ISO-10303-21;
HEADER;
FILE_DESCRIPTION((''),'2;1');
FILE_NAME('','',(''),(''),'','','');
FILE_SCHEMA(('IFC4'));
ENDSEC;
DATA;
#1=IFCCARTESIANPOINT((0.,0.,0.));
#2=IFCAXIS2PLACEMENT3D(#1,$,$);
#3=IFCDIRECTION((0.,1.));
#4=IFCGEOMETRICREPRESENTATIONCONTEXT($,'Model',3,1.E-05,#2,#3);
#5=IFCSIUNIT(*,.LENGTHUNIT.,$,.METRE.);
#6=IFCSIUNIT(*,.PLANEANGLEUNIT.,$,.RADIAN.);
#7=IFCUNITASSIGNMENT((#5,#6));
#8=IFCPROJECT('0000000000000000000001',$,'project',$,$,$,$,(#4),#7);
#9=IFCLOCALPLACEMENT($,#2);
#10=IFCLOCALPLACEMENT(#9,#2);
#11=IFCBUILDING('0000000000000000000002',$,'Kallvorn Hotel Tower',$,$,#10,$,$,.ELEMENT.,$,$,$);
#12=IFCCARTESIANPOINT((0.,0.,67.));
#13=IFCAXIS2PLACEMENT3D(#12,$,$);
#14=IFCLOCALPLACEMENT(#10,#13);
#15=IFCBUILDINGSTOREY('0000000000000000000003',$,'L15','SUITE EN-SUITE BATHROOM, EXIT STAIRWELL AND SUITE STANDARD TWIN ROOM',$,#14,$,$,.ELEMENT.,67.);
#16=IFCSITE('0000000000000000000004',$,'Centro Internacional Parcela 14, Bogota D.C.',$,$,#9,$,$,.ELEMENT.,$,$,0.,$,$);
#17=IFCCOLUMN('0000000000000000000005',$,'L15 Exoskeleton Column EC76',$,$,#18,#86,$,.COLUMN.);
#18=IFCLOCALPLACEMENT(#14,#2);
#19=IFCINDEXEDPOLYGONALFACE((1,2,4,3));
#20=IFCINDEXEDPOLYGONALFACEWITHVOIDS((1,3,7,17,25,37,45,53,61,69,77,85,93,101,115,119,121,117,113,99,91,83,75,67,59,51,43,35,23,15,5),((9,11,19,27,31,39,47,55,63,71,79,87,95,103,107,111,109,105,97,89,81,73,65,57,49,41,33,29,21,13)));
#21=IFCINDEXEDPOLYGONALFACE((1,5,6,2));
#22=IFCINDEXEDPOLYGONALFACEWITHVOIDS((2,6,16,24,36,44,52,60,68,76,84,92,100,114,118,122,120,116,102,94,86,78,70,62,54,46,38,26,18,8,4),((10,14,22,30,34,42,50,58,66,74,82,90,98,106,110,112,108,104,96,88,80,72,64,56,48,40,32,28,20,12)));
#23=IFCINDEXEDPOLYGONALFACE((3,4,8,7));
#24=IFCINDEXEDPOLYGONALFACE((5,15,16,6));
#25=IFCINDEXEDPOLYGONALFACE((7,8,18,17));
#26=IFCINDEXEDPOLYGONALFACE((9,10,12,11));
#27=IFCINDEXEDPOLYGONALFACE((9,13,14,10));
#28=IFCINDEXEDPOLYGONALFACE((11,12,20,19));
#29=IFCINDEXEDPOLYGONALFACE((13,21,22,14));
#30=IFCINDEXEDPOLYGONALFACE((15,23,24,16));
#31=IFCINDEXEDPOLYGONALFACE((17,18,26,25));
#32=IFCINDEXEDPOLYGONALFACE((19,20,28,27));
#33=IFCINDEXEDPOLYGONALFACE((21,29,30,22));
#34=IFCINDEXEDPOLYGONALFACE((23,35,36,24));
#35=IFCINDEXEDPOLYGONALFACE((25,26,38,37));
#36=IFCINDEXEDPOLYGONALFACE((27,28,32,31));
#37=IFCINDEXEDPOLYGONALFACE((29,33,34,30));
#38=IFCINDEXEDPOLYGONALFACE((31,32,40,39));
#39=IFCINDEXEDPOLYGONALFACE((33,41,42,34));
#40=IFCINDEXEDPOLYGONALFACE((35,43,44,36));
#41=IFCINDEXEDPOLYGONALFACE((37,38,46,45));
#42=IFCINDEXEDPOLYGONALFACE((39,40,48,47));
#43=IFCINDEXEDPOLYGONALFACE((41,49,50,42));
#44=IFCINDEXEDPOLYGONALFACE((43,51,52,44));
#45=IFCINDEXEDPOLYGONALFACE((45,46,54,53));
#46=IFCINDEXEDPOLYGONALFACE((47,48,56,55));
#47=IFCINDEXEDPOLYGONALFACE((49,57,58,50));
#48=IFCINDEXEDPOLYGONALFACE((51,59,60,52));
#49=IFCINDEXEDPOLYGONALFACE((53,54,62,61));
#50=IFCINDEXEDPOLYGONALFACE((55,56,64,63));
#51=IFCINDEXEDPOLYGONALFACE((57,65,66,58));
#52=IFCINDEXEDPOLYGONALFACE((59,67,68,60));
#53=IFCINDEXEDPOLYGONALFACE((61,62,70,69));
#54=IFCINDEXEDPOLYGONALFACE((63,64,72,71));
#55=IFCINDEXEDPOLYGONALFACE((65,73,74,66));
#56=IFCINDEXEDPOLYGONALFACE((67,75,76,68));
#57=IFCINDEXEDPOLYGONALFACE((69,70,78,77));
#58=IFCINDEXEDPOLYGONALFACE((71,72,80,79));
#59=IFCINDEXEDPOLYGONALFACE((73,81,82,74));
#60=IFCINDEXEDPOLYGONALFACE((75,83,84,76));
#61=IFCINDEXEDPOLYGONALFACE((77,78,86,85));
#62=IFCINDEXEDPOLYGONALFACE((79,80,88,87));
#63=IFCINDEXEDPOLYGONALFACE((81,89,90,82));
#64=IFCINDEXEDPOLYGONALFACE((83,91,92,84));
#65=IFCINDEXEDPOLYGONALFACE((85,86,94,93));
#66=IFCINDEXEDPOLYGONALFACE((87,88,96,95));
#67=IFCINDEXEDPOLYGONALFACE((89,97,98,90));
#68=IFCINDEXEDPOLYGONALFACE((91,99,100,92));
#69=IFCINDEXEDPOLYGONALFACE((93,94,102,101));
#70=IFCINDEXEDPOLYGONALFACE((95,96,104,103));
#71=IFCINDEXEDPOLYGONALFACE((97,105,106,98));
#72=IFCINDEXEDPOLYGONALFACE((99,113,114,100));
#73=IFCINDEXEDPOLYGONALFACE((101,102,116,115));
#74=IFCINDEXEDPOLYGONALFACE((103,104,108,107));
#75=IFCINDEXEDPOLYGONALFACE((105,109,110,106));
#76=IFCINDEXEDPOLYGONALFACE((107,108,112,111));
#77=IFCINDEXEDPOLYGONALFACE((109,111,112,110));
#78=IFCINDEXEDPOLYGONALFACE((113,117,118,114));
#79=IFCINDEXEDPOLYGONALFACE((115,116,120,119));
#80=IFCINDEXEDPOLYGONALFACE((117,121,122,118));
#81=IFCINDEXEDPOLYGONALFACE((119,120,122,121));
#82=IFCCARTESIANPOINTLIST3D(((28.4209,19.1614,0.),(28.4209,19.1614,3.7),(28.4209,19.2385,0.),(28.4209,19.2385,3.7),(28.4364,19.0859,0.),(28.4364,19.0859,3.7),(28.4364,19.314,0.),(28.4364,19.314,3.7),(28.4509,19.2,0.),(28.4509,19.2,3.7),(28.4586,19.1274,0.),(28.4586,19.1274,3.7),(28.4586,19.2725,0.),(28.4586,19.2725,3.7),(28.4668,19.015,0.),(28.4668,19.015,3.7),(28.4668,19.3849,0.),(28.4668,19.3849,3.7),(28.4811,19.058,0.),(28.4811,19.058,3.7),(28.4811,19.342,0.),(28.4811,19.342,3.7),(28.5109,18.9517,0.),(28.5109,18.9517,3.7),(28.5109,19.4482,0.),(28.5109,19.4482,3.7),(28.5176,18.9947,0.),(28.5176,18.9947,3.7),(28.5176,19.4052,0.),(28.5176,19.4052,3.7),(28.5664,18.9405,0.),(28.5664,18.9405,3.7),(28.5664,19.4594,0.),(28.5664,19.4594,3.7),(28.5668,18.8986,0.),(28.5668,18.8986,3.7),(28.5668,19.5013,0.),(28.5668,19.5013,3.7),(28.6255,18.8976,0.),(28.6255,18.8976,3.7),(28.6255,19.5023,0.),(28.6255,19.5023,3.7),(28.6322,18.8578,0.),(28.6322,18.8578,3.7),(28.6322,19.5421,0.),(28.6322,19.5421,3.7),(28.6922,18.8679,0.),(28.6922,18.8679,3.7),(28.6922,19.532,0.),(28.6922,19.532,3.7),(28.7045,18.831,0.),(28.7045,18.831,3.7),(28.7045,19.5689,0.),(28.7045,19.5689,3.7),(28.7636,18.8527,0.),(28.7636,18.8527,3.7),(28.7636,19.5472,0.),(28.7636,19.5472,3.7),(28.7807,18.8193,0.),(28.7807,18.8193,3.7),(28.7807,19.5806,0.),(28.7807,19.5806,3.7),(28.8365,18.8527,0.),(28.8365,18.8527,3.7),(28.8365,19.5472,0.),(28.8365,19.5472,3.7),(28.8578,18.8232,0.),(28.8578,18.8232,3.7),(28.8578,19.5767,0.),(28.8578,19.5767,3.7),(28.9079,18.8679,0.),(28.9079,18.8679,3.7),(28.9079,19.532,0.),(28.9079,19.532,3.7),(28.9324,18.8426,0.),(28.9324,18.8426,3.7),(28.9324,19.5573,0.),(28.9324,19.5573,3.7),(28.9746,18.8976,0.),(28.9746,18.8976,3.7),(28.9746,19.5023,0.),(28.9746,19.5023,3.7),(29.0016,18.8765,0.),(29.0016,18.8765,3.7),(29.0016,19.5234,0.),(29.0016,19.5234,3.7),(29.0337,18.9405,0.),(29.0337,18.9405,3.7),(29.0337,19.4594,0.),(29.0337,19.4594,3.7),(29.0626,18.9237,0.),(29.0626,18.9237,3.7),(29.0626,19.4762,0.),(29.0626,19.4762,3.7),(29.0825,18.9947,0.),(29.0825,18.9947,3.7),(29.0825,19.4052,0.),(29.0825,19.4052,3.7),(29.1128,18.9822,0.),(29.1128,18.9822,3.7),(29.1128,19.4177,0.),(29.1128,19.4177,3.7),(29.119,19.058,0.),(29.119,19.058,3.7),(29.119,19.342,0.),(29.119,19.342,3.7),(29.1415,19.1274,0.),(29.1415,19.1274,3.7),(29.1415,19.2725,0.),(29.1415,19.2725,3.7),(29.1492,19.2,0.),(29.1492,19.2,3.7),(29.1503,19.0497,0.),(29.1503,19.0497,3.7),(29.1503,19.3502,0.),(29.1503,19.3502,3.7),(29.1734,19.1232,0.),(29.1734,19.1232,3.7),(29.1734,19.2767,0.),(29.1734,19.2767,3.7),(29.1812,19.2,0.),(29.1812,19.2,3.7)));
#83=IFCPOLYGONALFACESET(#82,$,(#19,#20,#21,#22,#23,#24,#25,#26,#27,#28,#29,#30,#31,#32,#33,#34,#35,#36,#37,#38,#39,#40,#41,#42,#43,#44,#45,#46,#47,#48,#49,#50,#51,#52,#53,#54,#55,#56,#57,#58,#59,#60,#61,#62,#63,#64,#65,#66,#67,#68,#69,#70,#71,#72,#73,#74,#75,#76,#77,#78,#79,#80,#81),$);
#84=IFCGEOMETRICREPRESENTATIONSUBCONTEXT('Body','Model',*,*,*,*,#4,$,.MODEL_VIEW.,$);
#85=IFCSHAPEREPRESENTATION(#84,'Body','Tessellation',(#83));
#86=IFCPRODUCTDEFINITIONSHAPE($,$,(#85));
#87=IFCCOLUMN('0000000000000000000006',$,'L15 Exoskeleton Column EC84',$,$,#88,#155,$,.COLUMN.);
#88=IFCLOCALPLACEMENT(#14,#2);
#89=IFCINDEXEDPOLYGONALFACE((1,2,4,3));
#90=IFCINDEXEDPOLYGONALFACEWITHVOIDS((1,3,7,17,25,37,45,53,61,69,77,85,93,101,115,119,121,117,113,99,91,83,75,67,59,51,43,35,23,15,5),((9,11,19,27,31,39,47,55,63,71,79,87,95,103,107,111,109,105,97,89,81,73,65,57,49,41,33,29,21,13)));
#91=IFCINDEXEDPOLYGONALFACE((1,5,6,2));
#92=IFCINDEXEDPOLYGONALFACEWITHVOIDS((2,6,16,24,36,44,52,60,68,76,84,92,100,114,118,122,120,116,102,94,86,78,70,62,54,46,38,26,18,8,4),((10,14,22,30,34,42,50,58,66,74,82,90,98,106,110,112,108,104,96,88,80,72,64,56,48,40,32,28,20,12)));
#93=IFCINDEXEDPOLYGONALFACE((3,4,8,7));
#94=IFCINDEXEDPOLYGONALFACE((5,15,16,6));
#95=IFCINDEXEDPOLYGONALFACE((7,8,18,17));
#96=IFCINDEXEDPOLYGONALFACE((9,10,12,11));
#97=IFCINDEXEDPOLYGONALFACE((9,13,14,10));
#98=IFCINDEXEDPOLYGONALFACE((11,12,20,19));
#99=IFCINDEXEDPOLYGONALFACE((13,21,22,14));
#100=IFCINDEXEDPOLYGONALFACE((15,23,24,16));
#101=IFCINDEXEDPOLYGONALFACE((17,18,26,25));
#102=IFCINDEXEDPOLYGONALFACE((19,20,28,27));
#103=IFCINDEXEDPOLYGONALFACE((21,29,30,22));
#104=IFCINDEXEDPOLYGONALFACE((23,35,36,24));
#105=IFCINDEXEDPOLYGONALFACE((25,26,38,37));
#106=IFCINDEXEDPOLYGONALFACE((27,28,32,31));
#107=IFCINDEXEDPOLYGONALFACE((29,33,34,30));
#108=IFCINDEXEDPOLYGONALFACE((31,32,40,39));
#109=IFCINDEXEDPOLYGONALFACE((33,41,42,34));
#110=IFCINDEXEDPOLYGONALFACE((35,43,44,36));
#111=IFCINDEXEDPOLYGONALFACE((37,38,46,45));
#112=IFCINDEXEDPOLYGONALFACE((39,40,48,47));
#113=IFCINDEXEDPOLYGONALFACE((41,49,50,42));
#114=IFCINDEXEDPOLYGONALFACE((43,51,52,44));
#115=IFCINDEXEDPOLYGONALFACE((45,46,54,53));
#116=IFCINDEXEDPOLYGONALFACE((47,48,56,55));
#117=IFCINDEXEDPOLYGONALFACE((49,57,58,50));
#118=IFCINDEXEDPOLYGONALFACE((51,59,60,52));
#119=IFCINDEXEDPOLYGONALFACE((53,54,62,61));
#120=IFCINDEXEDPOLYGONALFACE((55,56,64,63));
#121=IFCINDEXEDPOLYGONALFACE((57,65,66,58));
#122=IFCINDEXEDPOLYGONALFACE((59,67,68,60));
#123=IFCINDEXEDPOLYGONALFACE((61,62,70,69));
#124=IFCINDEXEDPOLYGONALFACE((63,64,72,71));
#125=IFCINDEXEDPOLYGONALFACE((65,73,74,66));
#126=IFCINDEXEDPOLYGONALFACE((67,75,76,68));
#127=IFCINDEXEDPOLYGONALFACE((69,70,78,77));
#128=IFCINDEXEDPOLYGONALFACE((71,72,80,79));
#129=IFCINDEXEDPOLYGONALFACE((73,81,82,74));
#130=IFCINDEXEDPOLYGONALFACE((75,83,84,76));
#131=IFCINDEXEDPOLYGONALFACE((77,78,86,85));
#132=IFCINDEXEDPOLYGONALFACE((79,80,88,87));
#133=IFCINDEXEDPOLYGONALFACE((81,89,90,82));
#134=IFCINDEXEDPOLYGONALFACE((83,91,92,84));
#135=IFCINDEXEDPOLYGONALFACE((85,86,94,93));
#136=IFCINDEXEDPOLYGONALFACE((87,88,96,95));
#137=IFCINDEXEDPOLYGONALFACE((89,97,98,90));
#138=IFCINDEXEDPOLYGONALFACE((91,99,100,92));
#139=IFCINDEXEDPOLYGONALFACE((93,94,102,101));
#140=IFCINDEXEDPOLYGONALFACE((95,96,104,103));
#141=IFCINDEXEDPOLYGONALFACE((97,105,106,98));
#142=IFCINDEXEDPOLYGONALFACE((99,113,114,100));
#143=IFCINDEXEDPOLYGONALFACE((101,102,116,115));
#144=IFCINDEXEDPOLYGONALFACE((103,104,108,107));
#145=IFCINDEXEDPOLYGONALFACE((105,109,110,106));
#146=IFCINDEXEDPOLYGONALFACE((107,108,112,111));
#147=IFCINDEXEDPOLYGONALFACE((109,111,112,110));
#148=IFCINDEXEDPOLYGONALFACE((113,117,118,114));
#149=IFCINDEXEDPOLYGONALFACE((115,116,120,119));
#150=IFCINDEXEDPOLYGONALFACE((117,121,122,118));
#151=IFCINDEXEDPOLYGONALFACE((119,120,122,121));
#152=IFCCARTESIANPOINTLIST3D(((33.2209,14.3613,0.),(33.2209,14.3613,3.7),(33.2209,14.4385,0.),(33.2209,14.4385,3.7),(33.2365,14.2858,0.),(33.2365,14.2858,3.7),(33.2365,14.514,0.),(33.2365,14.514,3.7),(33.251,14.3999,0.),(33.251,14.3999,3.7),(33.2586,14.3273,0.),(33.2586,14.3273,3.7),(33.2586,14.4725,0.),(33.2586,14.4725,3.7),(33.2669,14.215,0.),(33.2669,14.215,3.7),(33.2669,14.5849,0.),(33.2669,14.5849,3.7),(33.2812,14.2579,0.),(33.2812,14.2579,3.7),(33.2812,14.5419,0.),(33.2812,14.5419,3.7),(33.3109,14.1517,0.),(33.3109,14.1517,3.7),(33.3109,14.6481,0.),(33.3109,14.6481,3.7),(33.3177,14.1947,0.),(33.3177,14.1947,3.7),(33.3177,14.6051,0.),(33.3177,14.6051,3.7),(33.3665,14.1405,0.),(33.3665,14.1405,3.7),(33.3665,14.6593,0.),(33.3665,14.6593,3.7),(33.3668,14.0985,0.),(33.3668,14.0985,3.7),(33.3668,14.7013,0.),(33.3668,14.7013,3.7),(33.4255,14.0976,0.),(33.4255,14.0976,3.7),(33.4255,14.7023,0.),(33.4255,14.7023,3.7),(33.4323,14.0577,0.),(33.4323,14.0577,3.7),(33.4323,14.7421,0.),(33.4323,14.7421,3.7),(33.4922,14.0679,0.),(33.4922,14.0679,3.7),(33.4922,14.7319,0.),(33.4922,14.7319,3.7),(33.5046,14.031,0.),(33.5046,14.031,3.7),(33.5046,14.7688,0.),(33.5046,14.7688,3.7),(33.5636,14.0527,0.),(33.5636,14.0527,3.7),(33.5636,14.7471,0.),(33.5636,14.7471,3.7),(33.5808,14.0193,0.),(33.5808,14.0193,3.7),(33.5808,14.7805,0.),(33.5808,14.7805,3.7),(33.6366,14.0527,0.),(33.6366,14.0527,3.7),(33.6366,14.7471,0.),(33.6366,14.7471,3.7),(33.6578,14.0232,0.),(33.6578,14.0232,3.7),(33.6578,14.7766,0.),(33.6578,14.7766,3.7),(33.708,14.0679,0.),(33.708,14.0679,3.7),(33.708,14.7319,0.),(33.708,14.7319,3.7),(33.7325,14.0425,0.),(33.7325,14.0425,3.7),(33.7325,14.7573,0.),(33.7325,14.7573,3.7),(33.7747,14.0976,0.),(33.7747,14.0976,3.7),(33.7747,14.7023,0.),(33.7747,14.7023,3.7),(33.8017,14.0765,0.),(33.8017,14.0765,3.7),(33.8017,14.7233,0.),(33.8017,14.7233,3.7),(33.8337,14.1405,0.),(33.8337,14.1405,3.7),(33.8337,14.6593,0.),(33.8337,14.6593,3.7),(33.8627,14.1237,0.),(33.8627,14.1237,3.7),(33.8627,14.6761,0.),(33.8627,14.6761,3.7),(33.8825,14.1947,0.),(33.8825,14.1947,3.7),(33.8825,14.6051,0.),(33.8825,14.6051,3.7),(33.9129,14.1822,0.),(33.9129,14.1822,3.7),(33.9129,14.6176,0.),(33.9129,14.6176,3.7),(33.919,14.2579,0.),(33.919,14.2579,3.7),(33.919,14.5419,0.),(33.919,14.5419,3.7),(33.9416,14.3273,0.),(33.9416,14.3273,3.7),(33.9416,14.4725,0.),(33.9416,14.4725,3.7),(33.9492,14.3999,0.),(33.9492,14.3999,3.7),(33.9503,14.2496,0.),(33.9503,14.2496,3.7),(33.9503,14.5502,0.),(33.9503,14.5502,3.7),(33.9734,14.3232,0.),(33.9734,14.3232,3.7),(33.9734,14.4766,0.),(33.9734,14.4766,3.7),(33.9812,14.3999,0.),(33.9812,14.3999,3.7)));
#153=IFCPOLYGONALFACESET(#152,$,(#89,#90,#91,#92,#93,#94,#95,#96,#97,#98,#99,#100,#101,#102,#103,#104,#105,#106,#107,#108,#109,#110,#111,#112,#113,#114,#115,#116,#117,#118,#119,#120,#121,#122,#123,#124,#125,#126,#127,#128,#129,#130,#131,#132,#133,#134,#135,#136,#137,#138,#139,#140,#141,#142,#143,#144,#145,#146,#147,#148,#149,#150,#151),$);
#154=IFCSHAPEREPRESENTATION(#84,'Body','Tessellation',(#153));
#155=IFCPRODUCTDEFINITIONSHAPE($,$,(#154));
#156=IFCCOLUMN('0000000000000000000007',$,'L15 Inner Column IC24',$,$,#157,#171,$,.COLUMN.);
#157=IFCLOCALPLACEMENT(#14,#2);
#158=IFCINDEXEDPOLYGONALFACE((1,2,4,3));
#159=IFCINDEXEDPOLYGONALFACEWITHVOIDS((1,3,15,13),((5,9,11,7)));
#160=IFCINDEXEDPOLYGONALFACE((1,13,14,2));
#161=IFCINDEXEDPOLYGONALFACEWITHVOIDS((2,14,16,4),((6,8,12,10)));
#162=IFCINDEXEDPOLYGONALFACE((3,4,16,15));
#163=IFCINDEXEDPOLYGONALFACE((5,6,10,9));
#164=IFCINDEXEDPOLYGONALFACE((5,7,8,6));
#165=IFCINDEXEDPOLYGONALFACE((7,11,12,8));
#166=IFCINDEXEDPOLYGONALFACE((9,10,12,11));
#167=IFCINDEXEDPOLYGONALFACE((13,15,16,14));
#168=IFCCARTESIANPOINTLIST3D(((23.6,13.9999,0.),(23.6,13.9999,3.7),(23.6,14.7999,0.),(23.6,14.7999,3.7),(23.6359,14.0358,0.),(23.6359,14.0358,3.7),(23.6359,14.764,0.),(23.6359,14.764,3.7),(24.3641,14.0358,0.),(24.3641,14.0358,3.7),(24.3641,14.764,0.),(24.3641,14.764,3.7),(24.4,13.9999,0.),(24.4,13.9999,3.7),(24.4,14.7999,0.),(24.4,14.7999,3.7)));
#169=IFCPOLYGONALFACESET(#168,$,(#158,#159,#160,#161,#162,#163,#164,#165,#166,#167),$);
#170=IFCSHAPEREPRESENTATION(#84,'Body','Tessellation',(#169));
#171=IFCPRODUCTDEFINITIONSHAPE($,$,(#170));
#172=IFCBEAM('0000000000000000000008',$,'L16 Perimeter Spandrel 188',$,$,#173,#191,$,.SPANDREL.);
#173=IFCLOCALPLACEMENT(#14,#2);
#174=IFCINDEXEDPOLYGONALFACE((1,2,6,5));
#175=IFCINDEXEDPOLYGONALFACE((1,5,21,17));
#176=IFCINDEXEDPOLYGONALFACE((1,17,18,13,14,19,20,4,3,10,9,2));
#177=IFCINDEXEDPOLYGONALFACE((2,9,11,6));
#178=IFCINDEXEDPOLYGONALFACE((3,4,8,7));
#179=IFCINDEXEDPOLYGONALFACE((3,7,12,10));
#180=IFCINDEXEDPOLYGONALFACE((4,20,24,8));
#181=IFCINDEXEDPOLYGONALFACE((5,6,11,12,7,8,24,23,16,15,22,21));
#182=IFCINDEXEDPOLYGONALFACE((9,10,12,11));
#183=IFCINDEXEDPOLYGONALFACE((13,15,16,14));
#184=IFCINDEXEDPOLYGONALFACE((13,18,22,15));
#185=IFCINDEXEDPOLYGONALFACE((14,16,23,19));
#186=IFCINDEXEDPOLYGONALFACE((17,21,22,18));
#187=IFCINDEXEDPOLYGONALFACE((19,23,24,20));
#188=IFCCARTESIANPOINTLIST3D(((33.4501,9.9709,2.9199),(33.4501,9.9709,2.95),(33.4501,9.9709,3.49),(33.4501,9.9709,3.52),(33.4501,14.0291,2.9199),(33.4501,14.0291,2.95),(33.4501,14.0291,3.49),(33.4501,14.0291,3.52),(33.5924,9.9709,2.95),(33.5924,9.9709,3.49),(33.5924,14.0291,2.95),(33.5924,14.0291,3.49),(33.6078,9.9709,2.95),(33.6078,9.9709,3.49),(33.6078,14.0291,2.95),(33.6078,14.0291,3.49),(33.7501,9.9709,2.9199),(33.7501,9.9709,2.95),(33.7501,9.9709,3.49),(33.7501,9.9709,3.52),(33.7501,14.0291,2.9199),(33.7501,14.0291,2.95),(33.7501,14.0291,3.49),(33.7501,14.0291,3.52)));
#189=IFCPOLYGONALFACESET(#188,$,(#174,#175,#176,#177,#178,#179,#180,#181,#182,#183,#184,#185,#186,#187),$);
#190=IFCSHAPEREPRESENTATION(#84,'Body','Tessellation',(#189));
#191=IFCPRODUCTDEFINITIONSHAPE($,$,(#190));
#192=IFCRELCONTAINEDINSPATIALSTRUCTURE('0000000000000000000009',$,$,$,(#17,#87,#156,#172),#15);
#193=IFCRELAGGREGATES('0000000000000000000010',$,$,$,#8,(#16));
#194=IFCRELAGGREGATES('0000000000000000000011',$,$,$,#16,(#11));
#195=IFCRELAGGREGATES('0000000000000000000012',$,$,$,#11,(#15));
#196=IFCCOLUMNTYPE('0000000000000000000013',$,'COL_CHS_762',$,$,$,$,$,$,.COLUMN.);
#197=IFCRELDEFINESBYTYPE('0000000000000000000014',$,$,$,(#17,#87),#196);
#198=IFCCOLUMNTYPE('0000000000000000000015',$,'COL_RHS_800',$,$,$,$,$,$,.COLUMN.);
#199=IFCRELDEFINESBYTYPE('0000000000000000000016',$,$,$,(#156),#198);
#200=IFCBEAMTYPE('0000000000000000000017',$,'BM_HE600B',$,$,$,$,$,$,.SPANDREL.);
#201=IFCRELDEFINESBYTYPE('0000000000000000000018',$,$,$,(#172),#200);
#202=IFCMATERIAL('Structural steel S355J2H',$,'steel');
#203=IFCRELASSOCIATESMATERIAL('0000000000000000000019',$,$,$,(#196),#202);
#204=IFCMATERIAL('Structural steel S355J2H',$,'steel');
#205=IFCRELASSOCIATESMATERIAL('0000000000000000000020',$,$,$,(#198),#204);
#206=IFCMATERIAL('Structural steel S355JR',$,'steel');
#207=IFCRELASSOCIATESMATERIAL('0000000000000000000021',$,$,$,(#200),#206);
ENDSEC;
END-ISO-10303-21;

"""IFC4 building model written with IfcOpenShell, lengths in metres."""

from ifc_helpers import new_model, si_unit, direction, frame, origin, origin_2d, place, context, subcontext, project, spatial, hollow_rectangle, hollow_circle, i_section, extrude, material, material_profile, profile_set, type_object, element, save


model = new_model("IFC4")

# Units and contexts
model_context = context("Model", 3, precision=1e-05, world=origin(), true_north=direction((0.0, 1.0)))
body_context = subcontext(model_context, "Body", "Model", "MODEL_VIEW")
ifc_project = project(units=[si_unit("LENGTHUNIT", "METRE"), si_unit("PLANEANGLEUNIT", "RADIAN")], contexts=[model_context])

# Site, building, storey
site_placement = place(None, origin())
site = spatial("IfcSite", under=ifc_project, at=site_placement, Name="Centro Internacional Parcela 14, Bogota D.C.", CompositionType="ELEMENT", RefElevation=0.0)
building_placement = place(site_placement, origin())
building = spatial("IfcBuilding", under=site, at=building_placement, Name="Kallvorn Hotel Tower", CompositionType="ELEMENT")
storey_placement = place(building_placement, frame((0.0, 0.0, 67.0)))
storey = spatial("IfcBuildingStorey", under=building, at=storey_placement, Name="L15", Description="SUITE EN-SUITE BATHROOM, EXIT STAIRWELL AND SUITE STANDARD TWIN ROOM", CompositionType="ELEMENT", Elevation=67.0)

# Columns
ifc_material_1 = material(Name="Structural steel S355J2H", Category="steel")
ifc_material_profile_1 = material_profile(ifc_material_1, hollow_circle(Radius=0.3811, WallThickness=0.032, at=origin_2d()), Name="CHS 762x32")
ifc_profile_set_1 = profile_set([ifc_material_profile_1], Name="Structural steel S355J2H")
column_type_1 = type_object("IfcColumnType", Name="COL_CHS_762", PredefinedType="COLUMN", material=ifc_profile_set_1)
for number, where, z_axis, x_axis, name in (
    (1, (28.8, 19.2, 0.0), (0.0, 0.0, 1.0), (1.0, 0.0, 0.0), "L15 Exoskeleton Column EC76"),
    (2, (33.6001, 14.3999, 0.0), (0.0, 0.0, 1.0), (1.0, 0.0, 0.0), "L15 Exoskeleton Column EC84"),
):
    element("IfcColumn", number, at=place(storey_placement, frame(where, z_axis=z_axis, x_axis=x_axis)), inside=storey, type_object=column_type_1, Name=name, PredefinedType="COLUMN", context=body_context, shape_type="SweptSolid", body=[
        extrude(hollow_circle(Radius=0.3811, WallThickness=0.032, at=origin_2d()), origin(), (0.0, 0.0, 1.0), 3.7),
    ])
ifc_material_2 = material(Name="Structural steel S355J2H", Category="steel")
ifc_material_profile_2 = material_profile(ifc_material_2, hollow_rectangle(XDim=0.8, YDim=0.8, WallThickness=0.0359, at=origin_2d()), Name="RHS 800x800x36")
ifc_profile_set_2 = profile_set([ifc_material_profile_2], Name="Structural steel S355J2H")
column_type_2 = type_object("IfcColumnType", Name="COL_RHS_800", PredefinedType="COLUMN", material=ifc_profile_set_2)
column_placement = place(storey_placement, frame((24.0, 14.3999, 0.0), z_axis=(0.0, 0.0, 1.0), x_axis=(1.0, 0.0, 0.0)))
element("IfcColumn", 3, at=column_placement, inside=storey, type_object=column_type_2, Name="L15 Inner Column IC24", PredefinedType="COLUMN", context=body_context, shape_type="SweptSolid", body=[
    extrude(hollow_rectangle(XDim=0.8, YDim=0.8, WallThickness=0.0359, at=origin_2d()), origin(), (0.0, 0.0, 1.0), 3.7),
])

# Beam
ifc_material_3 = material(Name="Structural steel S355JR", Category="steel")
ifc_material_profile_3 = material_profile(ifc_material_3, i_section(OverallWidth=0.3, OverallDepth=0.6001, WebThickness=0.0154, FlangeThickness=0.03, at=origin_2d()), Name="HE 600 B")
ifc_profile_set_3 = profile_set([ifc_material_profile_3], Name="Structural steel S355JR")
beam_type_1 = type_object("IfcBeamType", Name="BM_HE600B", PredefinedType="SPANDREL", material=ifc_profile_set_3)
beam_1_placement = place(storey_placement, frame((33.6001, 9.9709, 3.22), z_axis=(0.0, 1.0, 0.0), x_axis=(-1.0, 0.0, 0.0)))
element("IfcBeam", 4, at=beam_1_placement, inside=storey, type_object=beam_type_1, Name="L16 Perimeter Spandrel 188", PredefinedType="SPANDREL", context=body_context, shape_type="SweptSolid", body=[
    extrude(i_section(OverallWidth=0.3, OverallDepth=0.6001, WebThickness=0.0154, FlangeThickness=0.03, at=origin_2d()), origin(), (0.0, 0.0, 1.0), 4.0581),
])

save(model, "model.ifc")
